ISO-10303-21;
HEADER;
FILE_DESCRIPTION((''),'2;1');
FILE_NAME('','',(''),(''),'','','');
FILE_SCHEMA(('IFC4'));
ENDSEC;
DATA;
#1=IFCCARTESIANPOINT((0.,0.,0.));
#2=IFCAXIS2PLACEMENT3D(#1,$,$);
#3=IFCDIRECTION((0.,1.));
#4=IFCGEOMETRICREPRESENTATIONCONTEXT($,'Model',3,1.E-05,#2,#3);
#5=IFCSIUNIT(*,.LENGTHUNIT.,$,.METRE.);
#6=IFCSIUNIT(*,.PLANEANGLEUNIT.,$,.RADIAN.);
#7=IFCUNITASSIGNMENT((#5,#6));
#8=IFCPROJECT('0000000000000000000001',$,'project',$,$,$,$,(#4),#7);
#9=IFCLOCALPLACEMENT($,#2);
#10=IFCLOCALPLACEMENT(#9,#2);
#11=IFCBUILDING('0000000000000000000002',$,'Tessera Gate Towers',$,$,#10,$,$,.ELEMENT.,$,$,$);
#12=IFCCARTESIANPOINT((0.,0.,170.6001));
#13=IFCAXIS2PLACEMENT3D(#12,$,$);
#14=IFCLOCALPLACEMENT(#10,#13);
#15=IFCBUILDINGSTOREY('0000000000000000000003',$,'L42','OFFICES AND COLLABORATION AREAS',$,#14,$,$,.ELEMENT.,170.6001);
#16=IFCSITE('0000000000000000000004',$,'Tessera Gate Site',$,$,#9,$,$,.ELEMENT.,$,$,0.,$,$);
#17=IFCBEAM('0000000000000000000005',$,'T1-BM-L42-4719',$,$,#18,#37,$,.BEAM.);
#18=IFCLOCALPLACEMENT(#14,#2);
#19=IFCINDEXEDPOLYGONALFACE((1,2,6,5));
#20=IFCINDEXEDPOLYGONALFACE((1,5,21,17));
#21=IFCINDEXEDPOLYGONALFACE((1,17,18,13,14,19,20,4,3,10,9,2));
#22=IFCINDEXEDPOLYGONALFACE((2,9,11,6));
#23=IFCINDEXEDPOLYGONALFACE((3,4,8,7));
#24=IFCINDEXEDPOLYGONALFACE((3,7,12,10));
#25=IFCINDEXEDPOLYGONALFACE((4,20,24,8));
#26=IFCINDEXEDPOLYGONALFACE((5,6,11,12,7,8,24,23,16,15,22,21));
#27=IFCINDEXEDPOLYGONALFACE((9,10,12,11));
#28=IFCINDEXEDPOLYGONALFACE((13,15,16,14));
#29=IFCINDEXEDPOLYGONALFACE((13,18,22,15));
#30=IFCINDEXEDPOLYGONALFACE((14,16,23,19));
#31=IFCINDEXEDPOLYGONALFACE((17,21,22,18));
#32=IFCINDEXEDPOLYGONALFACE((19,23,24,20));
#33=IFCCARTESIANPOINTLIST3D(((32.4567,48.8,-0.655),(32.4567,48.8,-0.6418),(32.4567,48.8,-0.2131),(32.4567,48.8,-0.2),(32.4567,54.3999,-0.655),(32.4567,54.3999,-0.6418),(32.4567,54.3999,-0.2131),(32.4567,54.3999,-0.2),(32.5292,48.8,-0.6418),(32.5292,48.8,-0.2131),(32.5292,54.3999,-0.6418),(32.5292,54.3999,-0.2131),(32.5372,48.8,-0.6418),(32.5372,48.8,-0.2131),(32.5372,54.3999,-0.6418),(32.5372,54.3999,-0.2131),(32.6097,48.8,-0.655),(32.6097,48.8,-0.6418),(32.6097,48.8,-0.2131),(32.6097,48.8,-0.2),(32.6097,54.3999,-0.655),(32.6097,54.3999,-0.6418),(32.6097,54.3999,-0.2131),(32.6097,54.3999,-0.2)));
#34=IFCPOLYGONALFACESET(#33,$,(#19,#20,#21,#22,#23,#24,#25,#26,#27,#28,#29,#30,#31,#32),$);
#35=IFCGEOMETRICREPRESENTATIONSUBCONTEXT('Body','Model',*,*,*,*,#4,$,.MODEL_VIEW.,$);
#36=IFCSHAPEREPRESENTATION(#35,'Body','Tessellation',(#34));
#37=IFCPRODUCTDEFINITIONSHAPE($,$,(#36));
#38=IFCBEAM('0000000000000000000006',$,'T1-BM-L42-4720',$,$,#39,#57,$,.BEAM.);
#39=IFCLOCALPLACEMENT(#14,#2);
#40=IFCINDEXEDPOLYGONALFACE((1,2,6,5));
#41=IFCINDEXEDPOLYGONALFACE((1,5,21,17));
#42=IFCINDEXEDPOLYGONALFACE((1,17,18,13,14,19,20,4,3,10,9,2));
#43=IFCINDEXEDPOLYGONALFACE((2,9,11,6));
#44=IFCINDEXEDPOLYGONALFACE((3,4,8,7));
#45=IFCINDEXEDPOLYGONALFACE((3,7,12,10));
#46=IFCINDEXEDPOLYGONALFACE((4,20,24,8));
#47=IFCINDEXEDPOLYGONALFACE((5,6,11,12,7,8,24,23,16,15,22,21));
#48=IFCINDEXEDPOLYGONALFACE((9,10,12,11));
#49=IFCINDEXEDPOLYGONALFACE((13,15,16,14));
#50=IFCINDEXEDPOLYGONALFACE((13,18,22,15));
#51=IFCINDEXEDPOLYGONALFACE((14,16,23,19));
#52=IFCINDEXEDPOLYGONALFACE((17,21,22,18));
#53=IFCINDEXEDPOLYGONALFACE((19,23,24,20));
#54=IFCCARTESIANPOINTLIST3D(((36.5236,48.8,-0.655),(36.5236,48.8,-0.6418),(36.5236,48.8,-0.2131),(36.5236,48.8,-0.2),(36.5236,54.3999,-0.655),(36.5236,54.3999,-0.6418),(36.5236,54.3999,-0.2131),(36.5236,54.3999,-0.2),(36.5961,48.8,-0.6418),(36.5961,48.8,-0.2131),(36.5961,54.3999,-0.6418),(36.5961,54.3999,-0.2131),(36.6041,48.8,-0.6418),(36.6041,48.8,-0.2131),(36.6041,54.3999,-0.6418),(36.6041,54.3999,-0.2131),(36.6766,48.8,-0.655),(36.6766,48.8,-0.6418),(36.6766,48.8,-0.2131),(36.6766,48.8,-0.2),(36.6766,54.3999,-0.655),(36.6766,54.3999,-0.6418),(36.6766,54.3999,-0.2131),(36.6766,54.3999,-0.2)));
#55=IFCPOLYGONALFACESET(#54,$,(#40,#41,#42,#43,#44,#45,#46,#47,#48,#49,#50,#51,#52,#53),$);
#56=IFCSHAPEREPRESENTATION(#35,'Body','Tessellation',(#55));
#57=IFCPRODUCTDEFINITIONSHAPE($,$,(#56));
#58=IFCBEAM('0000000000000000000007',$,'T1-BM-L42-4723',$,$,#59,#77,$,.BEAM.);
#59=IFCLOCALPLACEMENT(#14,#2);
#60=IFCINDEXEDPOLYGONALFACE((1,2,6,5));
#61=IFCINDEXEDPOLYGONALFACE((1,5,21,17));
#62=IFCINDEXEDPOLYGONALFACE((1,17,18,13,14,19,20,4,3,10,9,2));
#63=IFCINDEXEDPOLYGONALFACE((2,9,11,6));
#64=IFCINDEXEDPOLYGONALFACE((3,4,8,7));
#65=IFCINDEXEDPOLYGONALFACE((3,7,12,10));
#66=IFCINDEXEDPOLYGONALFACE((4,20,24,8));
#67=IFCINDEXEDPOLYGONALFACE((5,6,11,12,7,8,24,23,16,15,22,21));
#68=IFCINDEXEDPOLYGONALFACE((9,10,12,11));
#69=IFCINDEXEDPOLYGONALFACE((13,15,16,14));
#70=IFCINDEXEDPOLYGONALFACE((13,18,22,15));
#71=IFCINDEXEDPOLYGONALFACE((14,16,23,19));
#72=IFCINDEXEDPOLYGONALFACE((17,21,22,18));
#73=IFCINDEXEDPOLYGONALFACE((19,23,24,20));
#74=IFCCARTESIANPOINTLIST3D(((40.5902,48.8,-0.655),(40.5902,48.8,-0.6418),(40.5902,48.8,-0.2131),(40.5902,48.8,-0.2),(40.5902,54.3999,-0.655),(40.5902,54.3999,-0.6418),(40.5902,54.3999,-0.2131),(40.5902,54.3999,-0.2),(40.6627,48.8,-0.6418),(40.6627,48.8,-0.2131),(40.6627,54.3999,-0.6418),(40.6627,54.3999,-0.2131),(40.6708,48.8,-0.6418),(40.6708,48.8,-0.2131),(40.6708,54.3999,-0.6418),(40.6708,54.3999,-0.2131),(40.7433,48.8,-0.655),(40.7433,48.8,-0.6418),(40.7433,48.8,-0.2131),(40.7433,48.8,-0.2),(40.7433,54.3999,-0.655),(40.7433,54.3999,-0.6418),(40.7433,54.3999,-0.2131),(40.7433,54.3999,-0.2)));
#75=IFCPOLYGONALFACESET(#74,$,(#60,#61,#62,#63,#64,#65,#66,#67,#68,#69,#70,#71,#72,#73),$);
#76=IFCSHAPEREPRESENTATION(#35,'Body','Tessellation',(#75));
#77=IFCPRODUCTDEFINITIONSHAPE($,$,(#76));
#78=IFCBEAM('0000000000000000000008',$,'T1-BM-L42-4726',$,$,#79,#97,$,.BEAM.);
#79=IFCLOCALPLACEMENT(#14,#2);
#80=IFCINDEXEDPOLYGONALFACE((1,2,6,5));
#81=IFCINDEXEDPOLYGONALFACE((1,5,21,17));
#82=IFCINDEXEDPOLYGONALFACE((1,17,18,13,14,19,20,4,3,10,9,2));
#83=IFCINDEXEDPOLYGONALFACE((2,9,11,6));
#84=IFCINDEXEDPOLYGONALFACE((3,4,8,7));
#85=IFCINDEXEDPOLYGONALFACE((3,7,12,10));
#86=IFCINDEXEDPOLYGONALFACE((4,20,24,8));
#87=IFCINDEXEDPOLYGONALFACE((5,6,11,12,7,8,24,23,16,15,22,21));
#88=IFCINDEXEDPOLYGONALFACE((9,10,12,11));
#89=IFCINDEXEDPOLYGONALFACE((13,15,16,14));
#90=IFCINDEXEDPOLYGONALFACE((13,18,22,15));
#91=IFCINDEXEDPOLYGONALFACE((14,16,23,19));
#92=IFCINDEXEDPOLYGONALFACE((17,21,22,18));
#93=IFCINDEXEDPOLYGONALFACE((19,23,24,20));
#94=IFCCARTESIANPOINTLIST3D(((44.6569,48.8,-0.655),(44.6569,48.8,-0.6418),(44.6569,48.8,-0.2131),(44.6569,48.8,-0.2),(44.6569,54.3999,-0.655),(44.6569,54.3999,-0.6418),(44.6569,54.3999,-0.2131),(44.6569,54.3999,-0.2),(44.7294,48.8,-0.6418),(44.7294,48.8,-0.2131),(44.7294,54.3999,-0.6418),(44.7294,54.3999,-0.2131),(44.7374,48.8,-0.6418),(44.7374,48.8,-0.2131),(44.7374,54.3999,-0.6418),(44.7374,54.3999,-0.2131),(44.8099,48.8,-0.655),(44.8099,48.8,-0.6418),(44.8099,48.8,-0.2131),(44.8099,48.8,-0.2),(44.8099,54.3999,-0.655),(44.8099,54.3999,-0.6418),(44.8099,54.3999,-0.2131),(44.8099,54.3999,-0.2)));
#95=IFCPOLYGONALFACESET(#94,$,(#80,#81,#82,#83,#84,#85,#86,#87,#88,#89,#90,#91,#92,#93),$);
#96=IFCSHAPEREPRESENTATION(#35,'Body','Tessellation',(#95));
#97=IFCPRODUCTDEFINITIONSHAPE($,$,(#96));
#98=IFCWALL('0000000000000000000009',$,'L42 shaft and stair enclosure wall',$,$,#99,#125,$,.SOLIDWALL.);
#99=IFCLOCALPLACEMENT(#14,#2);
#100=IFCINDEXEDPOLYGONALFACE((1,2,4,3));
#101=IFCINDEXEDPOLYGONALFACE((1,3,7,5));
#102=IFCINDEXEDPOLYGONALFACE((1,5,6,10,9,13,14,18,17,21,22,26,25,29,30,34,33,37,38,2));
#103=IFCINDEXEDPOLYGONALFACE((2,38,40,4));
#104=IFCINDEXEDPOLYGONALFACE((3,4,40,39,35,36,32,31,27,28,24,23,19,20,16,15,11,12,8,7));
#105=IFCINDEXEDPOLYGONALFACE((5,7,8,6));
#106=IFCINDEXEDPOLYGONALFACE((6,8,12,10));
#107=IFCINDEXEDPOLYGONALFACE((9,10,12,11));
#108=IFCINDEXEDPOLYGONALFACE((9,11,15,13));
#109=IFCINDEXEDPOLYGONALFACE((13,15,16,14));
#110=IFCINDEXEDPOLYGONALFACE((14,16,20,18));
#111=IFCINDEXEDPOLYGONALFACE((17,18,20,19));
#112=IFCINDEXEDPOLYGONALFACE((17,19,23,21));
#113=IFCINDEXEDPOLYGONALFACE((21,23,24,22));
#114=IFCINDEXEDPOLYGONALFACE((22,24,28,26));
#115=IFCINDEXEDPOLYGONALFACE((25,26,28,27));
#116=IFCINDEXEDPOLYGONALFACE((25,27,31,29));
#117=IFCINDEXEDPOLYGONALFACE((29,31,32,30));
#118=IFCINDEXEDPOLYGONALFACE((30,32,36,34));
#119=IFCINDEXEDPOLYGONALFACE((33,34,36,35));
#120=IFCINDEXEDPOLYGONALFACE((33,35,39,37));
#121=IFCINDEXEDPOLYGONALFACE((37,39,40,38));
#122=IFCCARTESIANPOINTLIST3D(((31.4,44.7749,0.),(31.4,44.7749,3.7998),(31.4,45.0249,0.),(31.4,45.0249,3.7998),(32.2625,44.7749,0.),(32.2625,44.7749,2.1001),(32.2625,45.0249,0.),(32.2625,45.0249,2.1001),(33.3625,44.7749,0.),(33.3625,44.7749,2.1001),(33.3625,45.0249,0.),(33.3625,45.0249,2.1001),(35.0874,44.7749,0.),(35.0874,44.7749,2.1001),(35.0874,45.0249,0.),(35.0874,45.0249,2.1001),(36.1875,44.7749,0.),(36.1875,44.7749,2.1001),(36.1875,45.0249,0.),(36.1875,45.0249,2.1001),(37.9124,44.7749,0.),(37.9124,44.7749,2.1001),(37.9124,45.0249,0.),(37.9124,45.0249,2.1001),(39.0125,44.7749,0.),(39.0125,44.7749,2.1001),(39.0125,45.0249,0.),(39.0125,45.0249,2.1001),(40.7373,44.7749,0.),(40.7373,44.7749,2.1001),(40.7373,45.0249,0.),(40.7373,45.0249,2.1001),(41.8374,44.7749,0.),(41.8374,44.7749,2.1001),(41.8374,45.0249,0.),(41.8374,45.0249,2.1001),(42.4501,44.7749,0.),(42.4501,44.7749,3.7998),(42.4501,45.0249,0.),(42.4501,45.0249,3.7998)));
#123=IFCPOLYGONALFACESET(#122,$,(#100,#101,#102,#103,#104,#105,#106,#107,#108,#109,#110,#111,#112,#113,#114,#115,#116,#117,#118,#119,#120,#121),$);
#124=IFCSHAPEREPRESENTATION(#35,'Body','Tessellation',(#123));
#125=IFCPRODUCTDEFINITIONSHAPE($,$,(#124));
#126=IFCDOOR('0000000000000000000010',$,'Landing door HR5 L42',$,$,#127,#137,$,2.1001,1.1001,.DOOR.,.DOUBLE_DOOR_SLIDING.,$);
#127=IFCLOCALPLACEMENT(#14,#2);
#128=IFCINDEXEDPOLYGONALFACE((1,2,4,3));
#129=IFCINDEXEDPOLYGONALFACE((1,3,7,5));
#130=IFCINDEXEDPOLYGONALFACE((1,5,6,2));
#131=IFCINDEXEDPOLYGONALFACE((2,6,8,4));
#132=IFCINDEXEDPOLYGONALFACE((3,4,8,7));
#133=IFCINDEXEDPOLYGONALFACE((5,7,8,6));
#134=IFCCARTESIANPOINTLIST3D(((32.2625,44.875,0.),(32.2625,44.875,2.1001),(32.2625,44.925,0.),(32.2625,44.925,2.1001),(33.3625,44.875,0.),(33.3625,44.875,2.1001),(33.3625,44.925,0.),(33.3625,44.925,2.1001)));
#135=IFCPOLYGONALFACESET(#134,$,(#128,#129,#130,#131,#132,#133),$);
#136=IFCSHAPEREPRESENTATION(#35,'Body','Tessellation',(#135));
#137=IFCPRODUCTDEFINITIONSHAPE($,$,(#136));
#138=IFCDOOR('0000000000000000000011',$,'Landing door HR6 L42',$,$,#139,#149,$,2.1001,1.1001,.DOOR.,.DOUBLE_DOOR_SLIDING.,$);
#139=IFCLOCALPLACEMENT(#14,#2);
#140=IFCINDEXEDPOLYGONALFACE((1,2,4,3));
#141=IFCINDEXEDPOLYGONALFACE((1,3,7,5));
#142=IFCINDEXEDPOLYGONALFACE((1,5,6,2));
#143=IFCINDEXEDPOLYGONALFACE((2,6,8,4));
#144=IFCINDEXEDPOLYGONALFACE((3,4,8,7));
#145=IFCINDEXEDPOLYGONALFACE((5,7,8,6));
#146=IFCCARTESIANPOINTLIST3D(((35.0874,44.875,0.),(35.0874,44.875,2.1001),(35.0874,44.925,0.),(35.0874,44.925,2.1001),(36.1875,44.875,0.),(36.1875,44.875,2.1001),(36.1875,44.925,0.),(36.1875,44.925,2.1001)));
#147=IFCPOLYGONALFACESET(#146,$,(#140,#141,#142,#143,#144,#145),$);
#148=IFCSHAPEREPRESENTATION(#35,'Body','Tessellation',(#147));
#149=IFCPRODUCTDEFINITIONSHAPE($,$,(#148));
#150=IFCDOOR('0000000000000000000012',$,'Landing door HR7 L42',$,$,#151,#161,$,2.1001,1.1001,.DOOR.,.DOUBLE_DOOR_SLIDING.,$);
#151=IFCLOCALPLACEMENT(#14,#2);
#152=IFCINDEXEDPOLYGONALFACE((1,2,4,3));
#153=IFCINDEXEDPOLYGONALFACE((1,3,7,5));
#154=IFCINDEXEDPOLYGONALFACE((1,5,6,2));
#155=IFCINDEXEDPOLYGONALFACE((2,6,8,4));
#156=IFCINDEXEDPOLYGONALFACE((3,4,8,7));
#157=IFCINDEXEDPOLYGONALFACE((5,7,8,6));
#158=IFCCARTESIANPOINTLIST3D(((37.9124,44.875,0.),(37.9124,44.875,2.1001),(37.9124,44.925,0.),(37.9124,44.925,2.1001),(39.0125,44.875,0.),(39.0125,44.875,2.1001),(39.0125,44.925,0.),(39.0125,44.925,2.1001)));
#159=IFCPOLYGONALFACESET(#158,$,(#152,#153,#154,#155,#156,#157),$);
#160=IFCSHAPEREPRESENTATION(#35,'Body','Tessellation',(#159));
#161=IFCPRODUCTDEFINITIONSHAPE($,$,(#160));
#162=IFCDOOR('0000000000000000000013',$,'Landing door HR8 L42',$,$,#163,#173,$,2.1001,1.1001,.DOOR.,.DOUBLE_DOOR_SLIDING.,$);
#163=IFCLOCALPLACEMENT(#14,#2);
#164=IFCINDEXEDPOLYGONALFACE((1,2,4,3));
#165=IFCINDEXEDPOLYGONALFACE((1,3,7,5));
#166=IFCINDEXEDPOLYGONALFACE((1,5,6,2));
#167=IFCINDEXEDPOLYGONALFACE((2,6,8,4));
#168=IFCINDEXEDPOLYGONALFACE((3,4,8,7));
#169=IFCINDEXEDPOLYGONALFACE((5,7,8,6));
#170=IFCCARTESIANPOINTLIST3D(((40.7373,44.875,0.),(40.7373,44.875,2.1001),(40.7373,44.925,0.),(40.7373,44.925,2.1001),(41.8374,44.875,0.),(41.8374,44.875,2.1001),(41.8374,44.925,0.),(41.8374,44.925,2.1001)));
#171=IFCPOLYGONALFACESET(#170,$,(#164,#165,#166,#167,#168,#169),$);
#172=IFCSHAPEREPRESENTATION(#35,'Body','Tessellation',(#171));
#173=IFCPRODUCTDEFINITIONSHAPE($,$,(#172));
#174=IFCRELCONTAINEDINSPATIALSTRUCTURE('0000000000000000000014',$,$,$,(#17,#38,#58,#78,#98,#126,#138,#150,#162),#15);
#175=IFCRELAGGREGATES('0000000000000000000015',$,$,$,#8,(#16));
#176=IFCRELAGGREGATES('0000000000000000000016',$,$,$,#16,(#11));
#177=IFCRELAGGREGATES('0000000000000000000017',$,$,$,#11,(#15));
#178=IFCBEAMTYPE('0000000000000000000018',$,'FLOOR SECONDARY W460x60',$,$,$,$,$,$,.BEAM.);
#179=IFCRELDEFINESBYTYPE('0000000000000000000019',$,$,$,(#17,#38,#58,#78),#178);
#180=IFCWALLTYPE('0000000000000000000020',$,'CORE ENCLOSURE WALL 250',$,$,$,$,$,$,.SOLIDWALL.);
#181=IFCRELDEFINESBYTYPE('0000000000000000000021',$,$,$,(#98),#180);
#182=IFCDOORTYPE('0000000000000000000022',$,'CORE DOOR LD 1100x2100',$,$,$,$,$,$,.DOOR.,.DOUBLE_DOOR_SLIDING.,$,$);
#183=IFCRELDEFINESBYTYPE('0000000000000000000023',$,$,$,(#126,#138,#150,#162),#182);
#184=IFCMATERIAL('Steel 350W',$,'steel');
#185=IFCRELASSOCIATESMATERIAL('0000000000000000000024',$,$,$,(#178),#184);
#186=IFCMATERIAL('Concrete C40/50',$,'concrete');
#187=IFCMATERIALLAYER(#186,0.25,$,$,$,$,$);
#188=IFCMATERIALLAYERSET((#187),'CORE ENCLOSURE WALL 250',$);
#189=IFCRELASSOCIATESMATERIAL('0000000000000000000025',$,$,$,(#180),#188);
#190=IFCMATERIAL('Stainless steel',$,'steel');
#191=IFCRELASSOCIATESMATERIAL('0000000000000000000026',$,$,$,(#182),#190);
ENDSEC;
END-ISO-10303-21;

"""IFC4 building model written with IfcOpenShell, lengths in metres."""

from ifc_helpers import new_model, si_unit, direction, frame, frame_2d, origin, origin_2d, place, context, subcontext, project, spatial, rectangle, i_section, extrude, source, transform, mapped, material, layer, layer_set, material_profile, profile_set, type_object, element, fill, save


model = new_model("IFC4")

# Units and contexts
model_context = context("Model", 3, precision=1e-05, world=origin(), true_north=direction((0.0, 1.0)))
body_context = subcontext(model_context, "Body", "Model", "MODEL_VIEW")
ifc_project = project(units=[si_unit("LENGTHUNIT", "METRE"), si_unit("PLANEANGLEUNIT", "RADIAN")], contexts=[model_context])

# Site, building, storey
site_placement = place(None, origin())
site = spatial("IfcSite", under=ifc_project, at=site_placement, Name="Tessera Gate Site", CompositionType="ELEMENT", RefElevation=0.0)
building_placement = place(site_placement, origin())
building = spatial("IfcBuilding", under=site, at=building_placement, Name="Tessera Gate Towers", CompositionType="ELEMENT")
storey_placement = place(building_placement, frame((0.0, 0.0, 170.6001)))
storey = spatial("IfcBuildingStorey", under=building, at=storey_placement, Name="L42", Description="OFFICES AND COLLABORATION AREAS", CompositionType="ELEMENT", Elevation=170.6001)

# Beams
ifc_material_1 = material(Name="Steel 350W", Category="steel")
ifc_material_profile = material_profile(ifc_material_1, i_section(OverallWidth=0.1531, OverallDepth=0.4551, WebThickness=0.0081, FlangeThickness=0.0132, at=origin_2d()), Name="W460x60")
ifc_profile_set = profile_set([ifc_material_profile], Name="Steel 350W")
beam_type = type_object("IfcBeamType", Name="FLOOR SECONDARY W460x60", PredefinedType="BEAM", material=ifc_profile_set)
for number, where, z_axis, x_axis, name in (
    (1, (32.5332, 48.8, -0.4275), (0.0, 1.0, 0.0), (-1.0, 0.0, 0.0), "T1-BM-L42-4719"),
    (2, (36.6001, 48.8, -0.4275), (0.0, 1.0, 0.0), (-1.0, 0.0, 0.0), "T1-BM-L42-4720"),
    (3, (40.6667, 48.8, -0.4275), (0.0, 1.0, 0.0), (-1.0, 0.0, 0.0), "T1-BM-L42-4723"),
    (4, (44.7334, 48.8, -0.4275), (0.0, 1.0, 0.0), (-1.0, 0.0, 0.0), "T1-BM-L42-4726"),
):
    element("IfcBeam", number, at=place(storey_placement, frame(where, z_axis=z_axis, x_axis=x_axis)), inside=storey, type_object=beam_type, Name=name, PredefinedType="BEAM", context=body_context, shape_type="SweptSolid", body=[
        extrude(i_section(OverallWidth=0.1531, OverallDepth=0.4551, WebThickness=0.0081, FlangeThickness=0.0132, at=origin_2d()), origin(), (0.0, 0.0, 1.0), 5.5999),
    ])

# Wall, openings, doors
ifc_material_2 = material(Name="Concrete C40/50", Category="concrete")
ifc_layer_1 = layer(ifc_material_2, 0.25)
ifc_layer_set_1 = layer_set([ifc_layer_1], Name="CORE ENCLOSURE WALL 250")
wall_type_1 = type_object("IfcWallType", Name="CORE ENCLOSURE WALL 250", PredefinedType="SOLIDWALL", material=ifc_layer_set_1)
wall_1_placement = place(storey_placement, frame((42.45, 44.8999, 0.0), z_axis=(0.0, 0.0, 1.0), x_axis=(-1.0, 0.0, 0.0)))
wall_1 = element("IfcWall", 5, at=wall_1_placement, inside=storey, type_object=wall_type_1, Name="L42 shaft and stair enclosure wall", PredefinedType="SOLIDWALL", context=body_context, shape_type="SweptSolid", body=[
    extrude(rectangle(XDim=11.05, YDim=0.25, at=frame_2d((5.5249, 0.0))), origin(), (0.0, 0.0, 1.0), 3.7998),
])
shared_shape_1 = source(origin(), body_context, "Body", "SweptSolid", [
    extrude(rectangle(XDim=1.1001, YDim=2.1001, at=frame_2d((0.55, 1.05))), frame((0.0, 0.135, 0.0), z_axis=(0.0, -1.0, 0.0), x_axis=(1.0, 0.0, 0.0)), (0.0, 0.0, 1.0), 0.27),
])
opening_1_placement = place(wall_1_placement, frame((9.0874, 0.0, 0.0)))
opening_1 = element("IfcOpeningElement", 6, at=opening_1_placement, cuts=wall_1, PredefinedType="OPENING", context=body_context, shape_type="MappedRepresentation", body=[
    mapped(shared_shape_1, transform((0.0, 0.0, 0.0), scale=1.0)),
])
opening_2_placement = place(wall_1_placement, frame((6.2625, 0.0, 0.0)))
opening_2 = element("IfcOpeningElement", 7, at=opening_2_placement, cuts=wall_1, PredefinedType="OPENING", context=body_context, shape_type="MappedRepresentation", body=[
    mapped(shared_shape_1, transform((0.0, 0.0, 0.0), scale=1.0)),
])
opening_3_placement = place(wall_1_placement, frame((3.4375, 0.0, 0.0)))
opening_3 = element("IfcOpeningElement", 8, at=opening_3_placement, cuts=wall_1, PredefinedType="OPENING", context=body_context, shape_type="MappedRepresentation", body=[
    mapped(shared_shape_1, transform((0.0, 0.0, 0.0), scale=1.0)),
])
opening_4_placement = place(wall_1_placement, frame((0.6125, 0.0, 0.0)))
opening_4 = element("IfcOpeningElement", 9, at=opening_4_placement, cuts=wall_1, PredefinedType="OPENING", context=body_context, shape_type="MappedRepresentation", body=[
    mapped(shared_shape_1, transform((0.0, 0.0, 0.0), scale=1.0)),
])
ifc_material_3 = material(Name="Stainless steel", Category="steel")
door_type_1 = type_object("IfcDoorType", Name="CORE DOOR LD 1100x2100", OperationType="DOUBLE_DOOR_SLIDING", PredefinedType="DOOR", material=ifc_material_3)
shared_shape_2 = source(origin(), body_context, "Body", "SweptSolid", [
    extrude(rectangle(XDim=1.1001, YDim=2.1001, at=frame_2d((0.55, 1.05))), frame((0.0, 0.0249, 0.0), z_axis=(0.0, -1.0, 0.0), x_axis=(1.0, 0.0, 0.0)), (0.0, 0.0, 1.0), 0.05),
])
door_1_placement = place(opening_1_placement, origin())
door_1 = element("IfcDoor", 10, at=door_1_placement, inside=storey, type_object=door_type_1, Name="Landing door HR5 L42", OperationType="DOUBLE_DOOR_SLIDING", OverallHeight=2.1001, OverallWidth=1.1001, PredefinedType="DOOR", context=body_context, shape_type="MappedRepresentation", body=[
    mapped(shared_shape_2, transform((0.0, 0.0, 0.0), scale=1.0)),
])
fill(opening_1, door_1)
door_2_placement = place(opening_2_placement, origin())
door_2 = element("IfcDoor", 11, at=door_2_placement, inside=storey, type_object=door_type_1, Name="Landing door HR6 L42", OperationType="DOUBLE_DOOR_SLIDING", OverallHeight=2.1001, OverallWidth=1.1001, PredefinedType="DOOR", context=body_context, shape_type="MappedRepresentation", body=[
    mapped(shared_shape_2, transform((0.0, 0.0, 0.0), scale=1.0)),
])
fill(opening_2, door_2)
door_3_placement = place(opening_3_placement, origin())
door_3 = element("IfcDoor", 12, at=door_3_placement, inside=storey, type_object=door_type_1, Name="Landing door HR7 L42", OperationType="DOUBLE_DOOR_SLIDING", OverallHeight=2.1001, OverallWidth=1.1001, PredefinedType="DOOR", context=body_context, shape_type="MappedRepresentation", body=[
    mapped(shared_shape_2, transform((0.0, 0.0, 0.0), scale=1.0)),
])
fill(opening_3, door_3)
door_4_placement = place(opening_4_placement, origin())
door_4 = element("IfcDoor", 13, at=door_4_placement, inside=storey, type_object=door_type_1, Name="Landing door HR8 L42", OperationType="DOUBLE_DOOR_SLIDING", OverallHeight=2.1001, OverallWidth=1.1001, PredefinedType="DOOR", context=body_context, shape_type="MappedRepresentation", body=[
    mapped(shared_shape_2, transform((0.0, 0.0, 0.0), scale=1.0)),
])
fill(opening_4, door_4)

save(model, "model.ifc")
